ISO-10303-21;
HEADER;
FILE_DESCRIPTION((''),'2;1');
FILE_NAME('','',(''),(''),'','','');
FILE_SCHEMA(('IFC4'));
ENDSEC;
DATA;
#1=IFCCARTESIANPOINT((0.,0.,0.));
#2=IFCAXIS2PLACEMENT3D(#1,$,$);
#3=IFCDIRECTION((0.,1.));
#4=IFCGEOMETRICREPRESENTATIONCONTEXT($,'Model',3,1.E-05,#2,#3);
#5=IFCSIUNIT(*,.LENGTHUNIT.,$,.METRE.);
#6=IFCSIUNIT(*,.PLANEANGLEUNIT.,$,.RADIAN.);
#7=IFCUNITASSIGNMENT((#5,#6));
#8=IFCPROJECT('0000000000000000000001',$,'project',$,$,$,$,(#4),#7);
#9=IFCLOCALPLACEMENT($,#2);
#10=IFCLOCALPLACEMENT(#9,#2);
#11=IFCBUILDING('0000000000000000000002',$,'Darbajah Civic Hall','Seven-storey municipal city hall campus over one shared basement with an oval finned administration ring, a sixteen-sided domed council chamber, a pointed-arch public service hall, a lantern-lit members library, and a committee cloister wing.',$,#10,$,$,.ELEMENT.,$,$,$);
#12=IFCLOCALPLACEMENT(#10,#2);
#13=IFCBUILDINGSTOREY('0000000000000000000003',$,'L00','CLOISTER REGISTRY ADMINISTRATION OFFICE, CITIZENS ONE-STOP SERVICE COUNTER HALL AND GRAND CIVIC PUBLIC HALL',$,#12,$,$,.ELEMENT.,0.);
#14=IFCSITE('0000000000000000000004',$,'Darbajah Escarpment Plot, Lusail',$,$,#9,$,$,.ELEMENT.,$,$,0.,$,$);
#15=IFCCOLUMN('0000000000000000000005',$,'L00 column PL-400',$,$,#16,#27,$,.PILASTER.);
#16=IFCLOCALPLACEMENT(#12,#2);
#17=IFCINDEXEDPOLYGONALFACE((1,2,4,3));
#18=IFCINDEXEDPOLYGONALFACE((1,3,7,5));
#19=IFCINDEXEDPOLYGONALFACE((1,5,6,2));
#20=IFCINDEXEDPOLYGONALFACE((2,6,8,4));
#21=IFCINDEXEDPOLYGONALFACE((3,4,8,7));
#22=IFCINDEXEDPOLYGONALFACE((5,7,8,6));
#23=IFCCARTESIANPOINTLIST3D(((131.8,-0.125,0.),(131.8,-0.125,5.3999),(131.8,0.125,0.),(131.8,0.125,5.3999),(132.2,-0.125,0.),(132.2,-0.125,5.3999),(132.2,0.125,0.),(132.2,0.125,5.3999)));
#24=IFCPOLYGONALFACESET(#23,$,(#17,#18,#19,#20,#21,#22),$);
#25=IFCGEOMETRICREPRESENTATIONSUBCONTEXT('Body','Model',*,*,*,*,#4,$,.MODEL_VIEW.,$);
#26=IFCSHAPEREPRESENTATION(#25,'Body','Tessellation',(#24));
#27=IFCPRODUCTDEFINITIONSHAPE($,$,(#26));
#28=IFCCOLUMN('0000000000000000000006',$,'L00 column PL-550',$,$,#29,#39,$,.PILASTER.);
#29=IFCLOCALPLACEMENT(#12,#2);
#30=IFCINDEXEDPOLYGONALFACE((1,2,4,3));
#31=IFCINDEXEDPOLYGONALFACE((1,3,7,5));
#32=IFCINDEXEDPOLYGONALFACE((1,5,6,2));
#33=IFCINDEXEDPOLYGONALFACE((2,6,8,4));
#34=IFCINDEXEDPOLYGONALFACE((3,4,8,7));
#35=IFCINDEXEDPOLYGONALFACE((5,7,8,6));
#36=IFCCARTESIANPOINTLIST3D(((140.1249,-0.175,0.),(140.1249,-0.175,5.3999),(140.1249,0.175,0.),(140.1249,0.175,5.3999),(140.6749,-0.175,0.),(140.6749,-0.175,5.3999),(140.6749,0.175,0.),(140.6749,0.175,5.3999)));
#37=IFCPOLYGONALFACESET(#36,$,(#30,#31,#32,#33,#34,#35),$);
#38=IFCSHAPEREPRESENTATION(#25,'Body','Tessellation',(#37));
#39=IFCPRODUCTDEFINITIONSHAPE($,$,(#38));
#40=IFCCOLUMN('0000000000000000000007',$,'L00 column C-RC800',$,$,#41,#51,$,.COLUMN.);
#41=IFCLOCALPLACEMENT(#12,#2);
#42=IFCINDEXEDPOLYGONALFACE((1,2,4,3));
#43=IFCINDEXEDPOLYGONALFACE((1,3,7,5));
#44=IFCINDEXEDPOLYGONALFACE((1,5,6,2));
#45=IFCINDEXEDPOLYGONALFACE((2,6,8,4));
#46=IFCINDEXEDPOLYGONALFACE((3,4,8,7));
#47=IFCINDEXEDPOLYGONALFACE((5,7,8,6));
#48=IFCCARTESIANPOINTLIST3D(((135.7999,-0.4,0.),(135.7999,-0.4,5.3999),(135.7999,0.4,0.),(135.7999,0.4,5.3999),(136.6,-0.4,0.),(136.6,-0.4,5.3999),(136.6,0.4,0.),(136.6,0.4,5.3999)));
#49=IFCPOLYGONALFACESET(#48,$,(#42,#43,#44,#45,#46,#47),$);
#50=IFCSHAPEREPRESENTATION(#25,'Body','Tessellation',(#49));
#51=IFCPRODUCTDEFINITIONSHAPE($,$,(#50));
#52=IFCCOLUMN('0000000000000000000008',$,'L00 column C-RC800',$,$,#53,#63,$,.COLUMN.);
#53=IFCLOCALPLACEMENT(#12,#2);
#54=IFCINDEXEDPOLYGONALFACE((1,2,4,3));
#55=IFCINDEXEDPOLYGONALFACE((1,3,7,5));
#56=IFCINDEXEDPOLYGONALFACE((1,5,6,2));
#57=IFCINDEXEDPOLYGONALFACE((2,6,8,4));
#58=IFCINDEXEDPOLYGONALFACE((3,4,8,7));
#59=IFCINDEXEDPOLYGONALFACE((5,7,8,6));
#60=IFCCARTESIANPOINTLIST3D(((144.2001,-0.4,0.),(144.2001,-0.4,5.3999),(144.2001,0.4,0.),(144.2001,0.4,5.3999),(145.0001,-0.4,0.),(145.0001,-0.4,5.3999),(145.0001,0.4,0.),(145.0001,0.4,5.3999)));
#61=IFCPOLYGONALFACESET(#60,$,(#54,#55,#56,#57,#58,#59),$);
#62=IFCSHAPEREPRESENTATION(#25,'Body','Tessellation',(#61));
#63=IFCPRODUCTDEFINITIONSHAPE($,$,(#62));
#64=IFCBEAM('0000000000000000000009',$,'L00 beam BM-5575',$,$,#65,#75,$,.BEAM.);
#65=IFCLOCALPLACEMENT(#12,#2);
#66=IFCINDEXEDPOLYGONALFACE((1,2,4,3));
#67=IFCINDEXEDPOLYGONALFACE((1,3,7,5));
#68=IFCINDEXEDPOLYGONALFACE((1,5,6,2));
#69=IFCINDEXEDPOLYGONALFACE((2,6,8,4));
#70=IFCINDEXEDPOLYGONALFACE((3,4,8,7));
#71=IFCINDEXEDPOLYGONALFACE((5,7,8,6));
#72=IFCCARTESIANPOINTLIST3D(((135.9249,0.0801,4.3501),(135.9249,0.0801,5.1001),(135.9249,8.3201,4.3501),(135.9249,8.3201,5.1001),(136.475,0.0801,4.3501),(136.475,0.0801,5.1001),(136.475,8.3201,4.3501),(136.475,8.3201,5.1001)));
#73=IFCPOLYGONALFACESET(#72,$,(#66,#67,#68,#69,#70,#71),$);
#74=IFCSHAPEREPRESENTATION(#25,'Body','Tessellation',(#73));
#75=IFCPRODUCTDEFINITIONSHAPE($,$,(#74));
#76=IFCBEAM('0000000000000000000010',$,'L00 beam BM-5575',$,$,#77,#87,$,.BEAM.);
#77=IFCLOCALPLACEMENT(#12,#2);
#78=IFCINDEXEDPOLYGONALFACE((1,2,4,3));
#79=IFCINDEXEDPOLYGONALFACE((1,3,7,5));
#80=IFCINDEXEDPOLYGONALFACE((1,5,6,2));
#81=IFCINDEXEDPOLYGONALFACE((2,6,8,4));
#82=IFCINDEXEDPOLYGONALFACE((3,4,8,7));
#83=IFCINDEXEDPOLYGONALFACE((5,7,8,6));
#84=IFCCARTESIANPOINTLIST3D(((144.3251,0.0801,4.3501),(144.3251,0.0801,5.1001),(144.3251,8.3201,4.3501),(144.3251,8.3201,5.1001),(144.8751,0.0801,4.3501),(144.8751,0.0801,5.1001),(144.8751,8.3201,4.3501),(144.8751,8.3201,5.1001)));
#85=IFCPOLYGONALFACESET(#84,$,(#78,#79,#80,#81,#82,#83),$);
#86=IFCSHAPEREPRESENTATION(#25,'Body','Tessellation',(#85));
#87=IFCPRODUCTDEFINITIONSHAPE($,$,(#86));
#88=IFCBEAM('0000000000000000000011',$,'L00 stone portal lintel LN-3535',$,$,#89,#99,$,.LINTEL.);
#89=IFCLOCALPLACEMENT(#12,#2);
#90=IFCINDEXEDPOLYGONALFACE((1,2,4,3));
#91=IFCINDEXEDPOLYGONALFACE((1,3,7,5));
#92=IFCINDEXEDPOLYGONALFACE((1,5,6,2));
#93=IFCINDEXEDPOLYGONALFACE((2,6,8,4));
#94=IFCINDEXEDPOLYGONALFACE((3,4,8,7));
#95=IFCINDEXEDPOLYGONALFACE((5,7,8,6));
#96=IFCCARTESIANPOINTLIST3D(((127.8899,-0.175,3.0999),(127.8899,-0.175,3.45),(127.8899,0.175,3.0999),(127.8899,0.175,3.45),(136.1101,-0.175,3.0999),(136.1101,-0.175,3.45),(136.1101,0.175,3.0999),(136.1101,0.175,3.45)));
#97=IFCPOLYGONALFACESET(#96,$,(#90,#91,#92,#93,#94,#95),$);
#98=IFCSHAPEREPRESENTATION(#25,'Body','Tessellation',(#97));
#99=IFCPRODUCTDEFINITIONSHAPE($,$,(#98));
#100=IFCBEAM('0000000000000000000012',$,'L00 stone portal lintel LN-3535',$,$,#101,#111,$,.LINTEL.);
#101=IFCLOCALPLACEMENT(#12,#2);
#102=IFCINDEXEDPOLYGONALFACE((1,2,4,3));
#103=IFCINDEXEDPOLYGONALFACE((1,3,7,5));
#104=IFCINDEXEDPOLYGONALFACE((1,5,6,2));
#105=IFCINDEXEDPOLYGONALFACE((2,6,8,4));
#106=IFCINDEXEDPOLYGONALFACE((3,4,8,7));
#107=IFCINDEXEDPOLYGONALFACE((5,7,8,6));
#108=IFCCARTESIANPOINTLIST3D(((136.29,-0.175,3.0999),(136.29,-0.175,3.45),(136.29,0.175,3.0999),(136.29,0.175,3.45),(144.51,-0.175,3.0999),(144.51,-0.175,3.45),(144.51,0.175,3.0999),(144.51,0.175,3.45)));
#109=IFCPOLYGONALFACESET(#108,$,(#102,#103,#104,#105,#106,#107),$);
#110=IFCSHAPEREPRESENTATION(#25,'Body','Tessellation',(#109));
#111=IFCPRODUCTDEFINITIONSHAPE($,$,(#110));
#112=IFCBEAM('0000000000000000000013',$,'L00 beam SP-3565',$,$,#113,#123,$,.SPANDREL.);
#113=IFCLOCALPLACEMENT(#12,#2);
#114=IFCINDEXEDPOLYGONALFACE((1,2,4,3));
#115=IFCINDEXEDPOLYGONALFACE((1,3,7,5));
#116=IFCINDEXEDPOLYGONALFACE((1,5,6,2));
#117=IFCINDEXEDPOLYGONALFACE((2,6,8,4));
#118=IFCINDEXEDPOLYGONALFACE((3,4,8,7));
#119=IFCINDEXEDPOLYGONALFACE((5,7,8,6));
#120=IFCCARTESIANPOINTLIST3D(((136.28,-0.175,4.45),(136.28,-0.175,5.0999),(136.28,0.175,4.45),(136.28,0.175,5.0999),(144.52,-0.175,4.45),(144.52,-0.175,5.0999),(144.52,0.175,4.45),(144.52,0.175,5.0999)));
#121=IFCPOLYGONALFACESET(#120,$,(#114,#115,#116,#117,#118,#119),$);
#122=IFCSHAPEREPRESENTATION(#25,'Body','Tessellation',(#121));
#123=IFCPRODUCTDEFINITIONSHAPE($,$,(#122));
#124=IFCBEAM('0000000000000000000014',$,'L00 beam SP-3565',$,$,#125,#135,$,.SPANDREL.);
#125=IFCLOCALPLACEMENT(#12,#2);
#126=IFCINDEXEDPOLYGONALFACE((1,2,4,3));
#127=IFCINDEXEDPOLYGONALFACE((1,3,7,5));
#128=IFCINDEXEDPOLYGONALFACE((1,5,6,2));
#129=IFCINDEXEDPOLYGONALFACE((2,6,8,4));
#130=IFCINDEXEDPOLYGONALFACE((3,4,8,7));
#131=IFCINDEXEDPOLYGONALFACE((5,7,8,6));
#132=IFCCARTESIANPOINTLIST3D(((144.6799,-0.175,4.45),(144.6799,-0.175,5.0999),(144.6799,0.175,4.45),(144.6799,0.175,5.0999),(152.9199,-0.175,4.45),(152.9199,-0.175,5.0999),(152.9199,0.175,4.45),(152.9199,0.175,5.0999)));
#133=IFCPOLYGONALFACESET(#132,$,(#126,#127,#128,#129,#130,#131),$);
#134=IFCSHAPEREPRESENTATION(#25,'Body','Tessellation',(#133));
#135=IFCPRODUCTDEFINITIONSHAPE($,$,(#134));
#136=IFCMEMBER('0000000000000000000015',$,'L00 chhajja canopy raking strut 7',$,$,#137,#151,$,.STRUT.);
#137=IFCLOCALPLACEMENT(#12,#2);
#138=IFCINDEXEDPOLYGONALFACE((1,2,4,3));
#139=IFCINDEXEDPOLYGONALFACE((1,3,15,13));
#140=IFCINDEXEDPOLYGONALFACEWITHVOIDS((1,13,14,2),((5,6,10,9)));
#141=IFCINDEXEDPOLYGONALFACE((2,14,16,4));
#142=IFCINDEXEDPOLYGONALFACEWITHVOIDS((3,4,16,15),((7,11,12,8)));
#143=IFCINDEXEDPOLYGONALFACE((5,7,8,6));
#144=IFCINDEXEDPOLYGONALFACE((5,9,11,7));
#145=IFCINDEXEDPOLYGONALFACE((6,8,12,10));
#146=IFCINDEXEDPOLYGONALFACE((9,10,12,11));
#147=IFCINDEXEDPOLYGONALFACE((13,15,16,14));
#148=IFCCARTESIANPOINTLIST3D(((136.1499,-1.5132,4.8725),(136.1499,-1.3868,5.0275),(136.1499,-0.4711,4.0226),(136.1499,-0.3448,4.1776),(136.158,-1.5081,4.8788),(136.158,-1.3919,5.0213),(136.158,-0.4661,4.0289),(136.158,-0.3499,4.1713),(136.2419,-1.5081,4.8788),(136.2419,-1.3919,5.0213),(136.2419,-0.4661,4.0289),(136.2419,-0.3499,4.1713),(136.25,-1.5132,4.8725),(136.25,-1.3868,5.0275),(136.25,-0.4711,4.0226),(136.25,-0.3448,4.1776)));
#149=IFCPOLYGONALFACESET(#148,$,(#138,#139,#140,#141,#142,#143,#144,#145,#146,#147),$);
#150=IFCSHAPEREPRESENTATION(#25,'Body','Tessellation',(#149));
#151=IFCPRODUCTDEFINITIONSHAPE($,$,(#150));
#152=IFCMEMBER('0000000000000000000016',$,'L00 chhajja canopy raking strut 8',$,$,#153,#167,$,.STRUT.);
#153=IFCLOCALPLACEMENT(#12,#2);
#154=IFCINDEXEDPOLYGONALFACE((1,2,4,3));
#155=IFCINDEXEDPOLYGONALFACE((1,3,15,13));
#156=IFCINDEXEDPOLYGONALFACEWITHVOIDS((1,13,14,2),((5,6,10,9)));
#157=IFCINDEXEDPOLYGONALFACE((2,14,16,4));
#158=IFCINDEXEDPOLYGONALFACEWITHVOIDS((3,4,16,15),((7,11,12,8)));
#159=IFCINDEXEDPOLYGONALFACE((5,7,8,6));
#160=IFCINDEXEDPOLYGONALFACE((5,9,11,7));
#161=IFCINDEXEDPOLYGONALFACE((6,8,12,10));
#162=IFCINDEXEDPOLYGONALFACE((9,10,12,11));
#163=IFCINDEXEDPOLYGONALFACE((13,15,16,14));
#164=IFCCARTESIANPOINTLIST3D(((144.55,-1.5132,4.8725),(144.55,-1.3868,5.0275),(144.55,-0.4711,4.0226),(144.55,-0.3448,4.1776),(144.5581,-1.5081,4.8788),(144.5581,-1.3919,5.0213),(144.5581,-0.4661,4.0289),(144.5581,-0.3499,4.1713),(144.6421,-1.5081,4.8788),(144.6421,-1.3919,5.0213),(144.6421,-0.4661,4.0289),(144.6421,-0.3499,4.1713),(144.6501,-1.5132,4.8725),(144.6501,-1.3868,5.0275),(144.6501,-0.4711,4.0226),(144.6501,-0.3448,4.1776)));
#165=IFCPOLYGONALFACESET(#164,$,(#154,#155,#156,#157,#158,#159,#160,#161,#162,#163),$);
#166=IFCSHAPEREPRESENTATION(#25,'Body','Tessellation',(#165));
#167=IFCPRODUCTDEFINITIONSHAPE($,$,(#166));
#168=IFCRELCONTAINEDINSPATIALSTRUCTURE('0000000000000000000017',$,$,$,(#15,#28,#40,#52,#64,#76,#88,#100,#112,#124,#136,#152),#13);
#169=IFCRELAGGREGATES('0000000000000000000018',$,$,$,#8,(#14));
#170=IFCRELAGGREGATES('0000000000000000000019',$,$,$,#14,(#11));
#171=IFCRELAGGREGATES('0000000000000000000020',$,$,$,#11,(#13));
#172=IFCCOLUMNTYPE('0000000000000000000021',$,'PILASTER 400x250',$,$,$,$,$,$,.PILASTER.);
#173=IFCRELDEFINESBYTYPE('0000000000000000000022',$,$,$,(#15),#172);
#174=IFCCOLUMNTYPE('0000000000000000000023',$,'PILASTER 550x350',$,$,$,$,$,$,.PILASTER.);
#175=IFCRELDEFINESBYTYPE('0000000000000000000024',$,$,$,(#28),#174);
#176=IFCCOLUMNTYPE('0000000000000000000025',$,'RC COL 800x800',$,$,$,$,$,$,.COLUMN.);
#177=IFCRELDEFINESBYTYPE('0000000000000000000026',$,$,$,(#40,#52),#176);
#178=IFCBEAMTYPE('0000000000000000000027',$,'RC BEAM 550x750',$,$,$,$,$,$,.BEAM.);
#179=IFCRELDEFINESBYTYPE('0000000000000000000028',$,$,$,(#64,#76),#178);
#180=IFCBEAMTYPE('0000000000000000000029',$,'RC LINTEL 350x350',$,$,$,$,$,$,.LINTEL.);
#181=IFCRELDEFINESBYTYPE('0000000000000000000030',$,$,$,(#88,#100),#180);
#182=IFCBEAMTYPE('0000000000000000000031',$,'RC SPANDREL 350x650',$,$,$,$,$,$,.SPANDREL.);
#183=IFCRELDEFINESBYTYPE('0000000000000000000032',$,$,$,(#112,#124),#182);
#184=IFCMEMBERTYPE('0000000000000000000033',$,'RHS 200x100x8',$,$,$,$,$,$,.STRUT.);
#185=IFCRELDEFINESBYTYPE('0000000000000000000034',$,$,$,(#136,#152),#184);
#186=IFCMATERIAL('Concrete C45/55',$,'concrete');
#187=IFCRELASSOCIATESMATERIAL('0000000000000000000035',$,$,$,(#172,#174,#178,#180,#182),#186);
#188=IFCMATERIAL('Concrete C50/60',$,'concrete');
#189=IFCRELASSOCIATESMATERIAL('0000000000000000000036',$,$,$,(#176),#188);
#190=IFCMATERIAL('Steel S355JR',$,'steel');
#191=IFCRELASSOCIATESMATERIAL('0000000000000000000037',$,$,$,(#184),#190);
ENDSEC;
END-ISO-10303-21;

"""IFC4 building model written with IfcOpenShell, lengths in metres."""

from ifc_helpers import new_model, si_unit, direction, frame, origin, origin_2d, place, context, subcontext, project, spatial, rectangle, hollow_rectangle, extrude, material, material_profile, profile_set, type_object, element, save


model = new_model("IFC4")

# Units and contexts
model_context = context("Model", 3, precision=1e-05, world=origin(), true_north=direction((0.0, 1.0)))
body_context = subcontext(model_context, "Body", "Model", "MODEL_VIEW")
ifc_project = project(units=[si_unit("LENGTHUNIT", "METRE"), si_unit("PLANEANGLEUNIT", "RADIAN")], contexts=[model_context])

# Site, building, storey
site_placement = place(None, origin())
site = spatial("IfcSite", under=ifc_project, at=site_placement, Name="Darbajah Escarpment Plot, Lusail", CompositionType="ELEMENT", RefElevation=0.0)
building_placement = place(site_placement, origin())
building = spatial("IfcBuilding", under=site, at=building_placement, Name="Darbajah Civic Hall", Description="Seven-storey municipal city hall campus over one shared basement with an oval finned administration ring, a sixteen-sided domed council chamber, a pointed-arch public service hall, a lantern-lit members library, and a committee cloister wing.", CompositionType="ELEMENT")
storey_placement = place(building_placement, origin())
storey = spatial("IfcBuildingStorey", under=building, at=storey_placement, Name="L00", Description="CLOISTER REGISTRY ADMINISTRATION OFFICE, CITIZENS ONE-STOP SERVICE COUNTER HALL AND GRAND CIVIC PUBLIC HALL", CompositionType="ELEMENT", Elevation=0.0)

# Columns
ifc_material_1 = material(Name="Concrete C45/55", Category="concrete")
ifc_material_profile_1 = material_profile(ifc_material_1, rectangle(XDim=0.3999, YDim=0.25, at=origin_2d()), Name="PILASTER 400x250")
ifc_profile_set_1 = profile_set([ifc_material_profile_1], Name="Concrete C45/55")
column_type_1 = type_object("IfcColumnType", Name="PILASTER 400x250", PredefinedType="PILASTER", material=ifc_profile_set_1)
column_1_placement = place(storey_placement, frame((132.0, 0.0, 0.0), z_axis=(0.0, 0.0, 1.0), x_axis=(1.0, 0.0, 0.0)))
element("IfcColumn", 1, at=column_1_placement, inside=storey, type_object=column_type_1, Name="L00 column PL-400", PredefinedType="PILASTER", context=body_context, shape_type="SweptSolid", body=[
    extrude(rectangle(XDim=0.3999, YDim=0.25, at=origin_2d()), origin(), (0.0, 0.0, 1.0), 5.3999),
])
ifc_material_profile_2 = material_profile(ifc_material_1, rectangle(XDim=0.55, YDim=0.3501, at=origin_2d()), Name="PILASTER 550x350")
ifc_profile_set_2 = profile_set([ifc_material_profile_2], Name="Concrete C45/55")
column_type_2 = type_object("IfcColumnType", Name="PILASTER 550x350", PredefinedType="PILASTER", material=ifc_profile_set_2)
column_2_placement = place(storey_placement, frame((140.3999, 0.0, 0.0), z_axis=(0.0, 0.0, 1.0), x_axis=(1.0, 0.0, 0.0)))
element("IfcColumn", 2, at=column_2_placement, inside=storey, type_object=column_type_2, Name="L00 column PL-550", PredefinedType="PILASTER", context=body_context, shape_type="SweptSolid", body=[
    extrude(rectangle(XDim=0.55, YDim=0.3501, at=origin_2d()), origin(), (0.0, 0.0, 1.0), 5.3999),
])
ifc_material_2 = material(Name="Concrete C50/60", Category="concrete")
ifc_material_profile_3 = material_profile(ifc_material_2, rectangle(XDim=0.8, YDim=0.8, at=origin_2d()), Name="RC COL 800x800")
ifc_profile_set_3 = profile_set([ifc_material_profile_3], Name="Concrete C50/60")
column_type_3 = type_object("IfcColumnType", Name="RC COL 800x800", PredefinedType="COLUMN", material=ifc_profile_set_3)
for number, where, z_axis, x_axis, name in (
    (3, (136.2, 0.0, 0.0), (0.0, 0.0, 1.0), (1.0, 0.0, 0.0), "L00 column C-RC800"),
    (4, (144.6001, 0.0, 0.0), (0.0, 0.0, 1.0), (1.0, 0.0, 0.0), "L00 column C-RC800"),
):
    element("IfcColumn", number, at=place(storey_placement, frame(where, z_axis=z_axis, x_axis=x_axis)), inside=storey, type_object=column_type_3, Name=name, PredefinedType="COLUMN", context=body_context, shape_type="SweptSolid", body=[
        extrude(rectangle(XDim=0.8, YDim=0.8, at=origin_2d()), origin(), (0.0, 0.0, 1.0), 5.3999),
    ])

# Beams
ifc_material_profile_4 = material_profile(ifc_material_1, rectangle(XDim=0.55, YDim=0.75, at=origin_2d()), Name="RC BEAM 550x750")
ifc_profile_set_4 = profile_set([ifc_material_profile_4], Name="Concrete C45/55")
beam_type_1 = type_object("IfcBeamType", Name="RC BEAM 550x750", PredefinedType="BEAM", material=ifc_profile_set_4)
for number, where, z_axis, x_axis, name in (
    (5, (136.2, 0.0801, 4.7251), (0.0, 1.0, 0.0), (-1.0, 0.0, 0.0), "L00 beam BM-5575"),
    (6, (144.6001, 0.0801, 4.7251), (0.0, 1.0, 0.0), (-1.0, 0.0, 0.0), "L00 beam BM-5575"),
):
    element("IfcBeam", number, at=place(storey_placement, frame(where, z_axis=z_axis, x_axis=x_axis)), inside=storey, type_object=beam_type_1, Name=name, PredefinedType="BEAM", context=body_context, shape_type="SweptSolid", body=[
        extrude(rectangle(XDim=0.55, YDim=0.75, at=origin_2d()), origin(), (0.0, 0.0, 1.0), 8.24),
    ])
ifc_material_profile_5 = material_profile(ifc_material_1, rectangle(XDim=0.3501, YDim=0.3501, at=origin_2d()), Name="RC LINTEL 350x350")
ifc_profile_set_5 = profile_set([ifc_material_profile_5], Name="Concrete C45/55")
beam_type_2 = type_object("IfcBeamType", Name="RC LINTEL 350x350", PredefinedType="LINTEL", material=ifc_profile_set_5)
beam_1_placement = place(storey_placement, frame((127.8899, 0.0, 3.2749), z_axis=(1.0, 0.0, 0.0), x_axis=(0.0, 1.0, 0.0)))
element("IfcBeam", 7, at=beam_1_placement, inside=storey, type_object=beam_type_2, Name="L00 stone portal lintel LN-3535", PredefinedType="LINTEL", context=body_context, shape_type="SweptSolid", body=[
    extrude(rectangle(XDim=0.3501, YDim=0.3501, at=origin_2d()), origin(), (0.0, 0.0, 1.0), 8.2202),
])
beam_2_placement = place(storey_placement, frame((136.29, 0.0, 3.2749), z_axis=(1.0, 0.0, 0.0), x_axis=(0.0, 1.0, 0.0)))
element("IfcBeam", 8, at=beam_2_placement, inside=storey, type_object=beam_type_2, Name="L00 stone portal lintel LN-3535", PredefinedType="LINTEL", context=body_context, shape_type="SweptSolid", body=[
    extrude(rectangle(XDim=0.3501, YDim=0.3501, at=origin_2d()), origin(), (0.0, 0.0, 1.0), 8.22),
])
ifc_material_profile_6 = material_profile(ifc_material_1, rectangle(XDim=0.3501, YDim=0.6499, at=origin_2d()), Name="RC SPANDREL 350x650")
ifc_profile_set_6 = profile_set([ifc_material_profile_6], Name="Concrete C45/55")
beam_type_3 = type_object("IfcBeamType", Name="RC SPANDREL 350x650", PredefinedType="SPANDREL", material=ifc_profile_set_6)
for number, where, z_axis, x_axis, name in (
    (9, (136.28, 0.0, 4.7749), (1.0, 0.0, 0.0), (0.0, 1.0, 0.0), "L00 beam SP-3565"),
    (10, (144.6799, 0.0, 4.7749), (1.0, 0.0, 0.0), (0.0, 1.0, 0.0), "L00 beam SP-3565"),
):
    element("IfcBeam", number, at=place(storey_placement, frame(where, z_axis=z_axis, x_axis=x_axis)), inside=storey, type_object=beam_type_3, Name=name, PredefinedType="SPANDREL", context=body_context, shape_type="SweptSolid", body=[
        extrude(rectangle(XDim=0.3501, YDim=0.6499, at=origin_2d()), origin(), (0.0, 0.0, 1.0), 8.24),
    ])

# Members
ifc_material_3 = material(Name="Steel S355JR", Category="steel")
ifc_material_profile_7 = material_profile(ifc_material_3, hollow_rectangle(XDim=0.1001, YDim=0.2, WallThickness=0.0081, at=origin_2d()), Name="RHS 200x100x8")
ifc_profile_set_7 = profile_set([ifc_material_profile_7], Name="Steel S355JR")
member_type = type_object("IfcMemberType", Name="RHS 200x100x8", PredefinedType="STRUT", material=ifc_profile_set_7)
for number, where, z_axis, x_axis, name in (
    (11, (136.2, -0.408, 4.1001), (0.0, -0.774935, 0.632041), (1.0, 0.0, 0.0), "L00 chhajja canopy raking strut 7"),
    (12, (144.6001, -0.408, 4.1001), (0.0, -0.774935, 0.632041), (1.0, 0.0, 0.0), "L00 chhajja canopy raking strut 8"),
):
    element("IfcMember", number, at=place(storey_placement, frame(where, z_axis=z_axis, x_axis=x_axis)), inside=storey, type_object=member_type, Name=name, PredefinedType="STRUT", context=body_context, shape_type="SweptSolid", body=[
        extrude(hollow_rectangle(XDim=0.1001, YDim=0.2, WallThickness=0.0081, at=origin_2d()), origin(), (0.0, 0.0, 1.0), 1.3447),
    ])

save(model, "model.ifc")
